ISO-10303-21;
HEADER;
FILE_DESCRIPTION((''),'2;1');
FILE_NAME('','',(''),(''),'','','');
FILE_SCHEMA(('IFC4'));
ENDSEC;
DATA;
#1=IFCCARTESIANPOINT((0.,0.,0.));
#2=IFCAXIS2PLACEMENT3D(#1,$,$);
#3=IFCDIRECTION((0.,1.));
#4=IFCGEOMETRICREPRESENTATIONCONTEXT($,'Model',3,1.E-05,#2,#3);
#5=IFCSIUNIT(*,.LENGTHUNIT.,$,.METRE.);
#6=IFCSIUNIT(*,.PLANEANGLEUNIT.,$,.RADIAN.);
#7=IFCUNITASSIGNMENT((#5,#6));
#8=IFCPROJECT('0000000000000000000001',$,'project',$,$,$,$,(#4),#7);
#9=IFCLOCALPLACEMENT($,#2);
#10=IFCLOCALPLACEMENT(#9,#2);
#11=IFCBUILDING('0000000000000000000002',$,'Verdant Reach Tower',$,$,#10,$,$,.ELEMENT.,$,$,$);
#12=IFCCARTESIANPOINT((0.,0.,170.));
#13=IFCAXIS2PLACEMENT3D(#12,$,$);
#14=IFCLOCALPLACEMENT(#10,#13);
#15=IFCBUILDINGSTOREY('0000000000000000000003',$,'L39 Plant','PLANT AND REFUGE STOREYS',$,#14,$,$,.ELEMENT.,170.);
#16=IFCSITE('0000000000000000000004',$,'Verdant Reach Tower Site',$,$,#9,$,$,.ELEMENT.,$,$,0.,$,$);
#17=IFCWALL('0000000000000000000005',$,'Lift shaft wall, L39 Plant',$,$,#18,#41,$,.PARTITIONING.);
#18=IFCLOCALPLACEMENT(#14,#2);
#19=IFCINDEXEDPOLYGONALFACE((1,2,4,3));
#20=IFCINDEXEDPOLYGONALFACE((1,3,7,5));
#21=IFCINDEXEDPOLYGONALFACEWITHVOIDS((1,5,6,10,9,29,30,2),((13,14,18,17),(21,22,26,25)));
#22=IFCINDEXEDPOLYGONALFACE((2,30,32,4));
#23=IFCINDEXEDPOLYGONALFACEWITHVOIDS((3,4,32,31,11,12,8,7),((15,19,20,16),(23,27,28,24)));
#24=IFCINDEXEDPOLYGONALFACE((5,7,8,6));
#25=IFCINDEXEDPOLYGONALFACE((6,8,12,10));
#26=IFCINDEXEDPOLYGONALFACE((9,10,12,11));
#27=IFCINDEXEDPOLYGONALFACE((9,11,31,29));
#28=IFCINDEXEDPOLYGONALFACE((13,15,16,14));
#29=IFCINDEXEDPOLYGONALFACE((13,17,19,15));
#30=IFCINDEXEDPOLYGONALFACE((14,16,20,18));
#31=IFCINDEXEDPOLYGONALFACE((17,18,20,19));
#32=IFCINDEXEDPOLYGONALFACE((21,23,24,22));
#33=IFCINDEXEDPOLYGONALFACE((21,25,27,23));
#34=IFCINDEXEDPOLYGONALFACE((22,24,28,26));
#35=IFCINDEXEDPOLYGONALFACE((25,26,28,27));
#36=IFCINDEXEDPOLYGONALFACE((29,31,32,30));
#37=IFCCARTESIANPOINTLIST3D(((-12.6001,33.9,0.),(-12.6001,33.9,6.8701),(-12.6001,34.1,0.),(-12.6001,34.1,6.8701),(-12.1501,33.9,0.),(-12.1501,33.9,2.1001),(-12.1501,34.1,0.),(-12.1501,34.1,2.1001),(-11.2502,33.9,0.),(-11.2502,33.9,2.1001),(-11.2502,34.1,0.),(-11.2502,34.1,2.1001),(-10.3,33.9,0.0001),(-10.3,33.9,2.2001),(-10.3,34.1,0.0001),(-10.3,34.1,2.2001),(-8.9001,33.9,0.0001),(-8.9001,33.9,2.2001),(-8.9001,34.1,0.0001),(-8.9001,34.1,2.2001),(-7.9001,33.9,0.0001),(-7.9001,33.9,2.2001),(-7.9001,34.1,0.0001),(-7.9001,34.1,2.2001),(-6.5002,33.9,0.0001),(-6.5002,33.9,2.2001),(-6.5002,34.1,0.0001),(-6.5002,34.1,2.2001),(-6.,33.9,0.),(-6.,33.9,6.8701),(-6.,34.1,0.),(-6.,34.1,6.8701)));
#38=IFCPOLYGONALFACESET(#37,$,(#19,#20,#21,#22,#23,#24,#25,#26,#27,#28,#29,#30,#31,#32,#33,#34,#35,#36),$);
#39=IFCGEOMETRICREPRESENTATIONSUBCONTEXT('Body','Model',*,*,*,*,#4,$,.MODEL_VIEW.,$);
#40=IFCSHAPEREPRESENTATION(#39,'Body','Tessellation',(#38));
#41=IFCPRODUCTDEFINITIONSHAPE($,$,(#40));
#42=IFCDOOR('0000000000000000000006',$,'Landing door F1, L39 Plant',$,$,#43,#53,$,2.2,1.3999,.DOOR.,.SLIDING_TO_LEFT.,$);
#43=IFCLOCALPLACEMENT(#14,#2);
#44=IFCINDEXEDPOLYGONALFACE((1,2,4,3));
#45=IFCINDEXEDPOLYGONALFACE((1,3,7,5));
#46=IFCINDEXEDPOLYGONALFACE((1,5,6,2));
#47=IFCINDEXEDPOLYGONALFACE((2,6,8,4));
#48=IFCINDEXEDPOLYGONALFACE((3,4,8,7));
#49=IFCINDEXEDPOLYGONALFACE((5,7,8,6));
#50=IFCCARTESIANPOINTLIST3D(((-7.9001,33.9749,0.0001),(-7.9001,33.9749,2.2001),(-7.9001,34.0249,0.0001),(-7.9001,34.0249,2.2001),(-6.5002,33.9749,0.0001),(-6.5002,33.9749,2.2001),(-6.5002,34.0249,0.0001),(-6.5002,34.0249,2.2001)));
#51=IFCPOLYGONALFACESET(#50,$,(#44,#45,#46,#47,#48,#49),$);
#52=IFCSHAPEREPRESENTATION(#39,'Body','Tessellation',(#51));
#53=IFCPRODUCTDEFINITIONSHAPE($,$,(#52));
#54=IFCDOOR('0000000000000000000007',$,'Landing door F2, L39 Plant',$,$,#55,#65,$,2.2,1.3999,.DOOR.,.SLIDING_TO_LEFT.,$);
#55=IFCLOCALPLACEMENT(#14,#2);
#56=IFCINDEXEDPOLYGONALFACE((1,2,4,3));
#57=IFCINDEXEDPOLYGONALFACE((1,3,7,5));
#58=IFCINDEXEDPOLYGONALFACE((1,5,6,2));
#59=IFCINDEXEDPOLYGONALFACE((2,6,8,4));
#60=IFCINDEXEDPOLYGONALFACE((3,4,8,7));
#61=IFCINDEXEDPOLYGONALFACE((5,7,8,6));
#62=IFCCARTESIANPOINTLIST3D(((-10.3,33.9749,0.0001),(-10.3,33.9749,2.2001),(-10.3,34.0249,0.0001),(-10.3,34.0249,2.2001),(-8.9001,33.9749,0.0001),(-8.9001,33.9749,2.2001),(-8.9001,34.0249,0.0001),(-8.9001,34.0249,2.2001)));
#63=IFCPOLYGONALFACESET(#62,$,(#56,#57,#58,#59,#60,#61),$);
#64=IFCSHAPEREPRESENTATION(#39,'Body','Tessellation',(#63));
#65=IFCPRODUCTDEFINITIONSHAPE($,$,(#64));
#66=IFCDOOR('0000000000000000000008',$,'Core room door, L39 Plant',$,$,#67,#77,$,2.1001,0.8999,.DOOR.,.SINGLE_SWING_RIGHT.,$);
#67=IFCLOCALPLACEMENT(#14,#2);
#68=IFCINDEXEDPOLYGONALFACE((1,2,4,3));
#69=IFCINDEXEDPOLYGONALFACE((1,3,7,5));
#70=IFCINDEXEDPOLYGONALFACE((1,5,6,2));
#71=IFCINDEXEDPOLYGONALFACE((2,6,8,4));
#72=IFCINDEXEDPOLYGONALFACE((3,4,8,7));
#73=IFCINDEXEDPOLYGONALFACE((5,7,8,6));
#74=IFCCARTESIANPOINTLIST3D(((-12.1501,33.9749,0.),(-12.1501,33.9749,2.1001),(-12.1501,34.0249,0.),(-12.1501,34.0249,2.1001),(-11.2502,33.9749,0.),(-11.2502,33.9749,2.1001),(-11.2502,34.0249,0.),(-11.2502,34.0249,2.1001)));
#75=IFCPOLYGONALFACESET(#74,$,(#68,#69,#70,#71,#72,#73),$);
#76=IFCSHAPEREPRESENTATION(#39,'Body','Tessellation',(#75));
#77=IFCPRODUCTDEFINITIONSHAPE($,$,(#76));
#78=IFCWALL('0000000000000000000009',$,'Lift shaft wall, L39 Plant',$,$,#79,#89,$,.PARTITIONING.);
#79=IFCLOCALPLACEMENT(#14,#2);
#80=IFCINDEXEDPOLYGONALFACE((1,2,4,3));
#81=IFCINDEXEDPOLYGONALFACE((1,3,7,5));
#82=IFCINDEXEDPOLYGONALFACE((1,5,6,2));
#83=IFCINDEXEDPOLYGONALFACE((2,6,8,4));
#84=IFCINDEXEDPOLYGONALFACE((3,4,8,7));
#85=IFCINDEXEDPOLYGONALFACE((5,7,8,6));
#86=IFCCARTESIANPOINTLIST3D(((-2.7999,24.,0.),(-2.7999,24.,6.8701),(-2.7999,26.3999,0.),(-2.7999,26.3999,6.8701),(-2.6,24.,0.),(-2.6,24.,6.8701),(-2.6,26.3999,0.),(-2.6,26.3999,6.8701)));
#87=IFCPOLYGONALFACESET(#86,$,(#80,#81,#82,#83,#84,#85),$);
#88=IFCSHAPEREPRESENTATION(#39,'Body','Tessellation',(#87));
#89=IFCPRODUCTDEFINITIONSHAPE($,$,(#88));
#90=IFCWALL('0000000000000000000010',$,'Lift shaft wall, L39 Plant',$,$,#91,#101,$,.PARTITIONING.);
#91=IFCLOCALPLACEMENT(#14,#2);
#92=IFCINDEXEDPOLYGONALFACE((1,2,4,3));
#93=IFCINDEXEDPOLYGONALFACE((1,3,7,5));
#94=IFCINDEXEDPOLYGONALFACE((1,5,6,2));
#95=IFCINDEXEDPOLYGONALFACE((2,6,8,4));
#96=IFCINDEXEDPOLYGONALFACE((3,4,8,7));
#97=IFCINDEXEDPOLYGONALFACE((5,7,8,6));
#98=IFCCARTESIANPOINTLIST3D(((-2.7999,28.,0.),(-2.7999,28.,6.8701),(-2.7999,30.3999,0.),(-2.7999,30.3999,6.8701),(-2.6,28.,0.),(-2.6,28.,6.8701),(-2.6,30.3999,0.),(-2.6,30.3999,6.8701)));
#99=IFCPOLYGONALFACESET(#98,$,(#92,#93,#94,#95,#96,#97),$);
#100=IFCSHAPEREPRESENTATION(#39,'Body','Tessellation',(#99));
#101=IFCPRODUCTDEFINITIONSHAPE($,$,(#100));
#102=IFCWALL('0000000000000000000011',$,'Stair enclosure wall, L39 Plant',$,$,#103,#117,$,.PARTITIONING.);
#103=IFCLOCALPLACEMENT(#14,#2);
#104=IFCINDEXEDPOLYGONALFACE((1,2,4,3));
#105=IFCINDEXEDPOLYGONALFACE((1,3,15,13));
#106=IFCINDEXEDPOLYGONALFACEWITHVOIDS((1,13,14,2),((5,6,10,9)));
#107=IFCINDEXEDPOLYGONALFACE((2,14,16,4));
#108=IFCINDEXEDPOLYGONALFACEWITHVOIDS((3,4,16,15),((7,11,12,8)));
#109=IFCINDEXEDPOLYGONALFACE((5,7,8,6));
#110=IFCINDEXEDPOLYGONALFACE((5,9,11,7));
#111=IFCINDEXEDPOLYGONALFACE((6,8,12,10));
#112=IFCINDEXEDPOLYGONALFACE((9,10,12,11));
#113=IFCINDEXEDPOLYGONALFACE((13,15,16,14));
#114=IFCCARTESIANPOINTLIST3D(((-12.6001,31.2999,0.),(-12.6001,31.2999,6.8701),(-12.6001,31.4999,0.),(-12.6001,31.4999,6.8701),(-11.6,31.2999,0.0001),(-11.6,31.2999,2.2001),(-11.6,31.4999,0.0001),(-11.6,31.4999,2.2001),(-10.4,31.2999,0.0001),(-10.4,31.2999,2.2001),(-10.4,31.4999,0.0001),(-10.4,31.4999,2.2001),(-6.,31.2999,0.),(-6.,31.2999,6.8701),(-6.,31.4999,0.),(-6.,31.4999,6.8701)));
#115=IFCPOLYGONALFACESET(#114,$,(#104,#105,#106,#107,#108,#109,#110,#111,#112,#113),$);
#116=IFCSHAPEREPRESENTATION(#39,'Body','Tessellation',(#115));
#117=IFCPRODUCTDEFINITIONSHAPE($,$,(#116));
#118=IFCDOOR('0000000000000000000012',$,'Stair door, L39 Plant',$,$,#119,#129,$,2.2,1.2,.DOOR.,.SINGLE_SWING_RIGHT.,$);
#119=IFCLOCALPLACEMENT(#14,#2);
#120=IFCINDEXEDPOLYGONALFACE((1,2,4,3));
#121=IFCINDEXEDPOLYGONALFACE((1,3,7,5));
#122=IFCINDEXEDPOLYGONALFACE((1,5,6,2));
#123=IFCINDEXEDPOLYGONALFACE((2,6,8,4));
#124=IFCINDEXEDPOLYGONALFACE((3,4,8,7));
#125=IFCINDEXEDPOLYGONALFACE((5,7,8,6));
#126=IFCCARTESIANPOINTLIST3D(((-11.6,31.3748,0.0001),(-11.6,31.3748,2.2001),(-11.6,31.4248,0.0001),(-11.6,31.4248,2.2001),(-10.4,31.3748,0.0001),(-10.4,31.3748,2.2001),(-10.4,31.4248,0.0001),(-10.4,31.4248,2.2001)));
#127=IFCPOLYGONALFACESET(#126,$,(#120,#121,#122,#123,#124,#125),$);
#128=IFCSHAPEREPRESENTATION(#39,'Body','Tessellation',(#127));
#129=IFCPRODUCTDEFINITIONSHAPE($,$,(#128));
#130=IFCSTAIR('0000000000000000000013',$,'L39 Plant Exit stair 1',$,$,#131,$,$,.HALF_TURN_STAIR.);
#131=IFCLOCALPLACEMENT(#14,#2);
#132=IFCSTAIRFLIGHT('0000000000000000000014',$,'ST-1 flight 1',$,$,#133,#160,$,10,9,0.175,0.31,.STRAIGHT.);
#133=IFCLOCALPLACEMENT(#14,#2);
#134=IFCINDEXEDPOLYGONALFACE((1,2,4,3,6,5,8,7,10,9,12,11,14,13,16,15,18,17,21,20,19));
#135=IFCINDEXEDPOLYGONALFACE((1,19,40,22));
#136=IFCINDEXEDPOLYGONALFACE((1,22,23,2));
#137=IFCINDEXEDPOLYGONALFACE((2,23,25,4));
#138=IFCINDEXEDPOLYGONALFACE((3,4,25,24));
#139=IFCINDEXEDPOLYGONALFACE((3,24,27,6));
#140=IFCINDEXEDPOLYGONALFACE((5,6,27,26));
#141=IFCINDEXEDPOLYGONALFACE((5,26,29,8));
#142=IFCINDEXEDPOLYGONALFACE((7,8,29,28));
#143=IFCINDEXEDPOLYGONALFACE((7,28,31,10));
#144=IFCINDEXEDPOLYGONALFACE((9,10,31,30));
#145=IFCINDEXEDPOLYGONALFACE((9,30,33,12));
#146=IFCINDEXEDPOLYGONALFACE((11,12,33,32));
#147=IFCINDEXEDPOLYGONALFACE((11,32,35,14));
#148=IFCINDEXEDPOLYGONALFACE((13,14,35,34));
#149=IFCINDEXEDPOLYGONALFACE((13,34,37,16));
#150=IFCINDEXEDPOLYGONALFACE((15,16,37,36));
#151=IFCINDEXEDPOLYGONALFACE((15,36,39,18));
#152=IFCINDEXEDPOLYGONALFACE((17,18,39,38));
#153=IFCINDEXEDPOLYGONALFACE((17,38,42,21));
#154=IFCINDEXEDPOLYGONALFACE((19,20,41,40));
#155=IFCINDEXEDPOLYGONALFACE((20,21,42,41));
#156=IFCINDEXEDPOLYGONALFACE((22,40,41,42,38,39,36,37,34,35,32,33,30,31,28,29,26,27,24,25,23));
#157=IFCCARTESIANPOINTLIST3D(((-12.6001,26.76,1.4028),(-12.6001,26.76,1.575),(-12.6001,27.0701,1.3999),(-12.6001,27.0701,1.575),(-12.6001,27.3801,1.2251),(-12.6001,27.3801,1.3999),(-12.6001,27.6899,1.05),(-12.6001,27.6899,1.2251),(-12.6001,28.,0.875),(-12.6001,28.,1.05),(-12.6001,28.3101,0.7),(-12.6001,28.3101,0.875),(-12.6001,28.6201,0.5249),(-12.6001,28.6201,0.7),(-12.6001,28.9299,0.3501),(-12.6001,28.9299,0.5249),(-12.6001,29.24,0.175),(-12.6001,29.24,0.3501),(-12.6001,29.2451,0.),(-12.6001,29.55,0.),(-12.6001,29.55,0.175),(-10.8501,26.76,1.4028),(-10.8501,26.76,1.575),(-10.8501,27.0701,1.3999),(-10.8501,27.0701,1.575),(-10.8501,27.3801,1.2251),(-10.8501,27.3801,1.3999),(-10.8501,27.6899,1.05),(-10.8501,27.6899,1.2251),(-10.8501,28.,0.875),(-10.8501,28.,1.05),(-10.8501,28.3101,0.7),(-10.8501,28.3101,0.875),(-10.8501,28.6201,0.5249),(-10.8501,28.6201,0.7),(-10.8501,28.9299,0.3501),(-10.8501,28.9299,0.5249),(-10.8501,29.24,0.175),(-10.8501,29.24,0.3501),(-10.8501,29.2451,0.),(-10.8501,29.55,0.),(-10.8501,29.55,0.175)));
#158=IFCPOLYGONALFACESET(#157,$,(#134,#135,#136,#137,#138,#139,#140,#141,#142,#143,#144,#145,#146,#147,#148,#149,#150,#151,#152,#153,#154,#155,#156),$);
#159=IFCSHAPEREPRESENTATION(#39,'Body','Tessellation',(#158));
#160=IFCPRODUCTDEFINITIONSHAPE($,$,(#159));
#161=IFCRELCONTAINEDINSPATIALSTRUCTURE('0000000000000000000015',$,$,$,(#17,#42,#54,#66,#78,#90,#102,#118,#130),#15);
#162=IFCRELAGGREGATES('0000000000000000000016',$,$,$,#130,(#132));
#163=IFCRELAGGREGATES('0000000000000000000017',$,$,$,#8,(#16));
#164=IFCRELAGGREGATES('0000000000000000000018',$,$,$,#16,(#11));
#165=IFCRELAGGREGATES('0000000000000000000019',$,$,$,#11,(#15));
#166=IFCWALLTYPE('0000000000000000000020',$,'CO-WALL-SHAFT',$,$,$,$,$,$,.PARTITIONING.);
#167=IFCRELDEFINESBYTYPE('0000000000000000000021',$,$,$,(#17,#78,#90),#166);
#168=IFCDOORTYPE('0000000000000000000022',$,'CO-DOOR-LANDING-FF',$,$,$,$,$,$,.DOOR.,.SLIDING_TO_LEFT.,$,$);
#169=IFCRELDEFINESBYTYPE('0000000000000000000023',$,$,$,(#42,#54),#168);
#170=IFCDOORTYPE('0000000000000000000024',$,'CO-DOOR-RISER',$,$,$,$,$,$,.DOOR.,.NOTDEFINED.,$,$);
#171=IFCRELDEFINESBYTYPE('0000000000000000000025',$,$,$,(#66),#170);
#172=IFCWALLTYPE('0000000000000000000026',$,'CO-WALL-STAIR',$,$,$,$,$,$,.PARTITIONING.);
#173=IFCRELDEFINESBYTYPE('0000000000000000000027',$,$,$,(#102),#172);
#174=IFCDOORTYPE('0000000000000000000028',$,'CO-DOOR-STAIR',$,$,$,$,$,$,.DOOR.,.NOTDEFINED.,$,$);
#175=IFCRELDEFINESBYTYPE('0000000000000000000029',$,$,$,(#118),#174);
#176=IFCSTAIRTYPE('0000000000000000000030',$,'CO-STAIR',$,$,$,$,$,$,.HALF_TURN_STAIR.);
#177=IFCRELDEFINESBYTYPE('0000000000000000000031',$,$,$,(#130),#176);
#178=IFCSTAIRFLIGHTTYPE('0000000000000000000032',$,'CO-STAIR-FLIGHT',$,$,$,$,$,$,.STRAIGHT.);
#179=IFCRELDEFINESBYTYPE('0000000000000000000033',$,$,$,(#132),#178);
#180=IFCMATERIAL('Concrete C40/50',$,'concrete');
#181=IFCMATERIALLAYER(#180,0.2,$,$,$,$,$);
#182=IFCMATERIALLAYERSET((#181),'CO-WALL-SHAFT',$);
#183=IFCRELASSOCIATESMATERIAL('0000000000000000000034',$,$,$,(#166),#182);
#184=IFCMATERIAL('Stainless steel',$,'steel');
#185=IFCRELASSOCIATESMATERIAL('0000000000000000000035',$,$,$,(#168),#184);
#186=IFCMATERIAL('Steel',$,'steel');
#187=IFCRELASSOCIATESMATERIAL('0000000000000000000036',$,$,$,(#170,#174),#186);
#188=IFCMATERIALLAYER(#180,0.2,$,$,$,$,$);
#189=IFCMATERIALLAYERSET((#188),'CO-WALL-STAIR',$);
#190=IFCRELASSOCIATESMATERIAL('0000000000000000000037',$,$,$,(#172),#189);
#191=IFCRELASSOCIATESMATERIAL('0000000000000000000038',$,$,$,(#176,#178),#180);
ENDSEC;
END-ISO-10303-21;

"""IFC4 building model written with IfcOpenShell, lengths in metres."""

from ifc_helpers import new_model, si_unit, direction, frame, frame_2d, origin, place, context, subcontext, project, spatial, polyline, rectangle, outline, extrude, material, layer, layer_set, type_object, element, fill, aggregate, save


model = new_model("IFC4")

# Units and contexts
model_context = context("Model", 3, precision=1e-05, world=origin(), true_north=direction((0.0, 1.0)))
body_context = subcontext(model_context, "Body", "Model", "MODEL_VIEW")
ifc_project = project(units=[si_unit("LENGTHUNIT", "METRE"), si_unit("PLANEANGLEUNIT", "RADIAN")], contexts=[model_context])

# Site, building, storey
site_placement = place(None, origin())
site = spatial("IfcSite", under=ifc_project, at=site_placement, Name="Verdant Reach Tower Site", CompositionType="ELEMENT", RefElevation=0.0)
building_placement = place(site_placement, origin())
building = spatial("IfcBuilding", under=site, at=building_placement, Name="Verdant Reach Tower", CompositionType="ELEMENT")
storey_placement = place(building_placement, frame((0.0, 0.0, 170.0)))
storey = spatial("IfcBuildingStorey", under=building, at=storey_placement, Name="L39 Plant", Description="PLANT AND REFUGE STOREYS", CompositionType="ELEMENT", Elevation=170.0)

# Shared definitions
ifc_material_1 = material(Name="Concrete C40/50", Category="concrete")
ifc_layer_1 = layer(ifc_material_1, 0.2)
ifc_layer_set_1 = layer_set([ifc_layer_1], Name="CO-WALL-SHAFT")
wall_type_1 = type_object("IfcWallType", Name="CO-WALL-SHAFT", PredefinedType="PARTITIONING", material=ifc_layer_set_1)

# Wall, openings, doors
wall_1_placement = place(storey_placement, frame((-12.6001, 34.0, 0.0), z_axis=(0.0, 0.0, 1.0), x_axis=(1.0, 0.0, 0.0)))
wall_1 = element("IfcWall", 1, at=wall_1_placement, inside=storey, type_object=wall_type_1, Name="Lift shaft wall, L39 Plant", PredefinedType="PARTITIONING", context=body_context, shape_type="SweptSolid", body=[
    extrude(rectangle(XDim=6.6001, YDim=0.2, at=frame_2d((3.3, 0.0))), origin(), (0.0, 0.0, 1.0), 6.8701),
])
opening_1_placement = place(wall_1_placement, frame((4.7, 0.0, 0.0)))
opening_1 = element("IfcOpeningElement", 2, at=opening_1_placement, cuts=wall_1, PredefinedType="OPENING", context=body_context, shape_type="SweptSolid", body=[
    extrude(rectangle(XDim=1.3999, YDim=2.2, at=frame_2d((0.7, 1.1001))), frame((0.0, 0.1099, 0.0), z_axis=(0.0, -1.0, 0.0), x_axis=(1.0, 0.0, 0.0)), (0.0, 0.0, 1.0), 0.22),
])
opening_2_placement = place(wall_1_placement, frame((2.3, 0.0, 0.0)))
opening_2 = element("IfcOpeningElement", 3, at=opening_2_placement, cuts=wall_1, PredefinedType="OPENING", context=body_context, shape_type="SweptSolid", body=[
    extrude(rectangle(XDim=1.3999, YDim=2.2, at=frame_2d((0.7, 1.1001))), frame((0.0, 0.1099, 0.0), z_axis=(0.0, -1.0, 0.0), x_axis=(1.0, 0.0, 0.0)), (0.0, 0.0, 1.0), 0.22),
])
opening_3_placement = place(wall_1_placement, frame((0.45, 0.0, 0.0)))
opening_3 = element("IfcOpeningElement", 4, at=opening_3_placement, cuts=wall_1, PredefinedType="OPENING", context=body_context, shape_type="SweptSolid", body=[
    extrude(rectangle(XDim=0.8999, YDim=2.1001, at=frame_2d((0.45, 1.05))), frame((0.0, 0.1099, 0.0), z_axis=(0.0, -1.0, 0.0), x_axis=(1.0, 0.0, 0.0)), (0.0, 0.0, 1.0), 0.22),
])
ifc_material_2 = material(Name="Stainless steel", Category="steel")
door_type_1 = type_object("IfcDoorType", Name="CO-DOOR-LANDING-FF", OperationType="SLIDING_TO_LEFT", PredefinedType="DOOR", material=ifc_material_2)
door_1_placement = place(opening_1_placement, origin())
door_1 = element("IfcDoor", 5, at=door_1_placement, inside=storey, type_object=door_type_1, Name="Landing door F1, L39 Plant", OperationType="SLIDING_TO_LEFT", OverallHeight=2.2, OverallWidth=1.3999, PredefinedType="DOOR", context=body_context, shape_type="SweptSolid", body=[
    extrude(rectangle(XDim=1.3999, YDim=2.2, at=frame_2d((0.7, 1.1001))), frame((0.0, 0.0249, 0.0), z_axis=(0.0, -1.0, 0.0), x_axis=(1.0, 0.0, 0.0)), (0.0, 0.0, 1.0), 0.05),
])
fill(opening_1, door_1)
door_2_placement = place(opening_2_placement, origin())
door_2 = element("IfcDoor", 6, at=door_2_placement, inside=storey, type_object=door_type_1, Name="Landing door F2, L39 Plant", OperationType="SLIDING_TO_LEFT", OverallHeight=2.2, OverallWidth=1.3999, PredefinedType="DOOR", context=body_context, shape_type="SweptSolid", body=[
    extrude(rectangle(XDim=1.3999, YDim=2.2, at=frame_2d((0.7, 1.1001))), frame((0.0, 0.0249, 0.0), z_axis=(0.0, -1.0, 0.0), x_axis=(1.0, 0.0, 0.0)), (0.0, 0.0, 1.0), 0.05),
])
fill(opening_2, door_2)
ifc_material_3 = material(Name="Steel", Category="steel")
door_type_2 = type_object("IfcDoorType", Name="CO-DOOR-RISER", OperationType="NOTDEFINED", PredefinedType="DOOR", material=ifc_material_3)
door_3_placement = place(opening_3_placement, origin())
door_3 = element("IfcDoor", 7, at=door_3_placement, inside=storey, type_object=door_type_2, Name="Core room door, L39 Plant", OperationType="SINGLE_SWING_RIGHT", OverallHeight=2.1001, OverallWidth=0.8999, PredefinedType="DOOR", context=body_context, shape_type="SweptSolid", body=[
    extrude(rectangle(XDim=0.8999, YDim=2.1001, at=frame_2d((0.45, 1.05))), frame((0.0, 0.0249, 0.0), z_axis=(0.0, -1.0, 0.0), x_axis=(1.0, 0.0, 0.0)), (0.0, 0.0, 1.0), 0.05),
])
fill(opening_3, door_3)

# Walls
for number, where, z_axis, x_axis, name in (
    (8, (-2.7, 24.0, 0.0), (0.0, 0.0, 1.0), (0.0, 1.0, 0.0), "Lift shaft wall, L39 Plant"),
    (9, (-2.7, 28.0, 0.0), (0.0, 0.0, 1.0), (0.0, 1.0, 0.0), "Lift shaft wall, L39 Plant"),
):
    element("IfcWall", number, at=place(storey_placement, frame(where, z_axis=z_axis, x_axis=x_axis)), inside=storey, type_object=wall_type_1, Name=name, PredefinedType="PARTITIONING", context=body_context, shape_type="SweptSolid", body=[
        extrude(rectangle(XDim=2.3999, YDim=0.2, at=frame_2d((1.2, 0.0))), origin(), (0.0, 0.0, 1.0), 6.8701),
    ])

# Wall, opening, door
ifc_layer_2 = layer(ifc_material_1, 0.2)
ifc_layer_set_2 = layer_set([ifc_layer_2], Name="CO-WALL-STAIR")
wall_type_2 = type_object("IfcWallType", Name="CO-WALL-STAIR", PredefinedType="PARTITIONING", material=ifc_layer_set_2)
wall_2_placement = place(storey_placement, frame((-12.6001, 31.3999, 0.0), z_axis=(0.0, 0.0, 1.0), x_axis=(1.0, 0.0, 0.0)))
wall_2 = element("IfcWall", 10, at=wall_2_placement, inside=storey, type_object=wall_type_2, Name="Stair enclosure wall, L39 Plant", PredefinedType="PARTITIONING", context=body_context, shape_type="SweptSolid", body=[
    extrude(rectangle(XDim=6.6001, YDim=0.2, at=frame_2d((3.3, 0.0))), origin(), (0.0, 0.0, 1.0), 6.8701),
])
opening_4_placement = place(wall_2_placement, frame((1.0, 0.0, 0.0)))
opening_4 = element("IfcOpeningElement", 11, at=opening_4_placement, cuts=wall_2, PredefinedType="OPENING", context=body_context, shape_type="SweptSolid", body=[
    extrude(rectangle(XDim=1.2, YDim=2.2, at=frame_2d((0.6001, 1.1001))), frame((0.0, 0.1099, 0.0), z_axis=(0.0, -1.0, 0.0), x_axis=(1.0, 0.0, 0.0)), (0.0, 0.0, 1.0), 0.22),
])
door_type_3 = type_object("IfcDoorType", Name="CO-DOOR-STAIR", OperationType="NOTDEFINED", PredefinedType="DOOR", material=ifc_material_3)
door_4_placement = place(opening_4_placement, origin())
door_4 = element("IfcDoor", 12, at=door_4_placement, inside=storey, type_object=door_type_3, Name="Stair door, L39 Plant", OperationType="SINGLE_SWING_RIGHT", OverallHeight=2.2, OverallWidth=1.2, PredefinedType="DOOR", context=body_context, shape_type="SweptSolid", body=[
    extrude(rectangle(XDim=1.2, YDim=2.2, at=frame_2d((0.6001, 1.1001))), frame((0.0, 0.0249, 0.0), z_axis=(0.0, -1.0, 0.0), x_axis=(1.0, 0.0, 0.0)), (0.0, 0.0, 1.0), 0.05),
])
fill(opening_4, door_4)

# Stair, stair flight
stair_type = type_object("IfcStairType", Name="CO-STAIR", PredefinedType="HALF_TURN_STAIR", material=ifc_material_1)
stair_placement = place(storey_placement, origin())
stair = element("IfcStair", 13, at=stair_placement, inside=storey, type_object=stair_type, Name="L39 Plant Exit stair 1", PredefinedType="HALF_TURN_STAIR")
stair_flight_type = type_object("IfcStairFlightType", Name="CO-STAIR-FLIGHT", PredefinedType="STRAIGHT", material=ifc_material_1)
stair_flight_1_placement = place(storey_placement, frame((-11.7251, 29.55, 0.0), z_axis=(0.0, 0.0, 1.0), x_axis=(0.0, -1.0, 0.0)))
stair_flight_1 = element("IfcStairFlight", 14, at=stair_flight_1_placement, type_object=stair_flight_type, Name="ST-1 flight 1", NumberOfRisers=10, NumberOfTreads=9, PredefinedType="STRAIGHT", RiserHeight=0.175, TreadLength=0.31, context=body_context, shape_type="SweptSolid", body=[
    extrude(outline(polyline([(0.0, 0.0), (0.0, 0.175), (0.3101, 0.175), (0.3101, 0.3501), (0.6201, 0.3501), (0.6201, 0.5249), (0.9299, 0.5249), (0.9299, 0.7), (1.24, 0.7), (1.24, 0.875), (1.55, 0.875), (1.55, 1.05), (1.8601, 1.05), (1.8601, 1.2251), (2.1699, 1.2251), (2.1699, 1.3999), (2.48, 1.3999), (2.48, 1.575), (2.79, 1.575), (2.79, 1.75), (2.79, 1.4028), (0.3049, 0.0), (0.0, 0.0)])), frame((0.0, 0.875, 0.0), z_axis=(0.0, -1.0, 0.0), x_axis=(1.0, 0.0, 0.0)), (0.0, 0.0, 1.0), 1.75),
])
aggregate(stair, [stair_flight_1])

save(model, "model.ifc")
